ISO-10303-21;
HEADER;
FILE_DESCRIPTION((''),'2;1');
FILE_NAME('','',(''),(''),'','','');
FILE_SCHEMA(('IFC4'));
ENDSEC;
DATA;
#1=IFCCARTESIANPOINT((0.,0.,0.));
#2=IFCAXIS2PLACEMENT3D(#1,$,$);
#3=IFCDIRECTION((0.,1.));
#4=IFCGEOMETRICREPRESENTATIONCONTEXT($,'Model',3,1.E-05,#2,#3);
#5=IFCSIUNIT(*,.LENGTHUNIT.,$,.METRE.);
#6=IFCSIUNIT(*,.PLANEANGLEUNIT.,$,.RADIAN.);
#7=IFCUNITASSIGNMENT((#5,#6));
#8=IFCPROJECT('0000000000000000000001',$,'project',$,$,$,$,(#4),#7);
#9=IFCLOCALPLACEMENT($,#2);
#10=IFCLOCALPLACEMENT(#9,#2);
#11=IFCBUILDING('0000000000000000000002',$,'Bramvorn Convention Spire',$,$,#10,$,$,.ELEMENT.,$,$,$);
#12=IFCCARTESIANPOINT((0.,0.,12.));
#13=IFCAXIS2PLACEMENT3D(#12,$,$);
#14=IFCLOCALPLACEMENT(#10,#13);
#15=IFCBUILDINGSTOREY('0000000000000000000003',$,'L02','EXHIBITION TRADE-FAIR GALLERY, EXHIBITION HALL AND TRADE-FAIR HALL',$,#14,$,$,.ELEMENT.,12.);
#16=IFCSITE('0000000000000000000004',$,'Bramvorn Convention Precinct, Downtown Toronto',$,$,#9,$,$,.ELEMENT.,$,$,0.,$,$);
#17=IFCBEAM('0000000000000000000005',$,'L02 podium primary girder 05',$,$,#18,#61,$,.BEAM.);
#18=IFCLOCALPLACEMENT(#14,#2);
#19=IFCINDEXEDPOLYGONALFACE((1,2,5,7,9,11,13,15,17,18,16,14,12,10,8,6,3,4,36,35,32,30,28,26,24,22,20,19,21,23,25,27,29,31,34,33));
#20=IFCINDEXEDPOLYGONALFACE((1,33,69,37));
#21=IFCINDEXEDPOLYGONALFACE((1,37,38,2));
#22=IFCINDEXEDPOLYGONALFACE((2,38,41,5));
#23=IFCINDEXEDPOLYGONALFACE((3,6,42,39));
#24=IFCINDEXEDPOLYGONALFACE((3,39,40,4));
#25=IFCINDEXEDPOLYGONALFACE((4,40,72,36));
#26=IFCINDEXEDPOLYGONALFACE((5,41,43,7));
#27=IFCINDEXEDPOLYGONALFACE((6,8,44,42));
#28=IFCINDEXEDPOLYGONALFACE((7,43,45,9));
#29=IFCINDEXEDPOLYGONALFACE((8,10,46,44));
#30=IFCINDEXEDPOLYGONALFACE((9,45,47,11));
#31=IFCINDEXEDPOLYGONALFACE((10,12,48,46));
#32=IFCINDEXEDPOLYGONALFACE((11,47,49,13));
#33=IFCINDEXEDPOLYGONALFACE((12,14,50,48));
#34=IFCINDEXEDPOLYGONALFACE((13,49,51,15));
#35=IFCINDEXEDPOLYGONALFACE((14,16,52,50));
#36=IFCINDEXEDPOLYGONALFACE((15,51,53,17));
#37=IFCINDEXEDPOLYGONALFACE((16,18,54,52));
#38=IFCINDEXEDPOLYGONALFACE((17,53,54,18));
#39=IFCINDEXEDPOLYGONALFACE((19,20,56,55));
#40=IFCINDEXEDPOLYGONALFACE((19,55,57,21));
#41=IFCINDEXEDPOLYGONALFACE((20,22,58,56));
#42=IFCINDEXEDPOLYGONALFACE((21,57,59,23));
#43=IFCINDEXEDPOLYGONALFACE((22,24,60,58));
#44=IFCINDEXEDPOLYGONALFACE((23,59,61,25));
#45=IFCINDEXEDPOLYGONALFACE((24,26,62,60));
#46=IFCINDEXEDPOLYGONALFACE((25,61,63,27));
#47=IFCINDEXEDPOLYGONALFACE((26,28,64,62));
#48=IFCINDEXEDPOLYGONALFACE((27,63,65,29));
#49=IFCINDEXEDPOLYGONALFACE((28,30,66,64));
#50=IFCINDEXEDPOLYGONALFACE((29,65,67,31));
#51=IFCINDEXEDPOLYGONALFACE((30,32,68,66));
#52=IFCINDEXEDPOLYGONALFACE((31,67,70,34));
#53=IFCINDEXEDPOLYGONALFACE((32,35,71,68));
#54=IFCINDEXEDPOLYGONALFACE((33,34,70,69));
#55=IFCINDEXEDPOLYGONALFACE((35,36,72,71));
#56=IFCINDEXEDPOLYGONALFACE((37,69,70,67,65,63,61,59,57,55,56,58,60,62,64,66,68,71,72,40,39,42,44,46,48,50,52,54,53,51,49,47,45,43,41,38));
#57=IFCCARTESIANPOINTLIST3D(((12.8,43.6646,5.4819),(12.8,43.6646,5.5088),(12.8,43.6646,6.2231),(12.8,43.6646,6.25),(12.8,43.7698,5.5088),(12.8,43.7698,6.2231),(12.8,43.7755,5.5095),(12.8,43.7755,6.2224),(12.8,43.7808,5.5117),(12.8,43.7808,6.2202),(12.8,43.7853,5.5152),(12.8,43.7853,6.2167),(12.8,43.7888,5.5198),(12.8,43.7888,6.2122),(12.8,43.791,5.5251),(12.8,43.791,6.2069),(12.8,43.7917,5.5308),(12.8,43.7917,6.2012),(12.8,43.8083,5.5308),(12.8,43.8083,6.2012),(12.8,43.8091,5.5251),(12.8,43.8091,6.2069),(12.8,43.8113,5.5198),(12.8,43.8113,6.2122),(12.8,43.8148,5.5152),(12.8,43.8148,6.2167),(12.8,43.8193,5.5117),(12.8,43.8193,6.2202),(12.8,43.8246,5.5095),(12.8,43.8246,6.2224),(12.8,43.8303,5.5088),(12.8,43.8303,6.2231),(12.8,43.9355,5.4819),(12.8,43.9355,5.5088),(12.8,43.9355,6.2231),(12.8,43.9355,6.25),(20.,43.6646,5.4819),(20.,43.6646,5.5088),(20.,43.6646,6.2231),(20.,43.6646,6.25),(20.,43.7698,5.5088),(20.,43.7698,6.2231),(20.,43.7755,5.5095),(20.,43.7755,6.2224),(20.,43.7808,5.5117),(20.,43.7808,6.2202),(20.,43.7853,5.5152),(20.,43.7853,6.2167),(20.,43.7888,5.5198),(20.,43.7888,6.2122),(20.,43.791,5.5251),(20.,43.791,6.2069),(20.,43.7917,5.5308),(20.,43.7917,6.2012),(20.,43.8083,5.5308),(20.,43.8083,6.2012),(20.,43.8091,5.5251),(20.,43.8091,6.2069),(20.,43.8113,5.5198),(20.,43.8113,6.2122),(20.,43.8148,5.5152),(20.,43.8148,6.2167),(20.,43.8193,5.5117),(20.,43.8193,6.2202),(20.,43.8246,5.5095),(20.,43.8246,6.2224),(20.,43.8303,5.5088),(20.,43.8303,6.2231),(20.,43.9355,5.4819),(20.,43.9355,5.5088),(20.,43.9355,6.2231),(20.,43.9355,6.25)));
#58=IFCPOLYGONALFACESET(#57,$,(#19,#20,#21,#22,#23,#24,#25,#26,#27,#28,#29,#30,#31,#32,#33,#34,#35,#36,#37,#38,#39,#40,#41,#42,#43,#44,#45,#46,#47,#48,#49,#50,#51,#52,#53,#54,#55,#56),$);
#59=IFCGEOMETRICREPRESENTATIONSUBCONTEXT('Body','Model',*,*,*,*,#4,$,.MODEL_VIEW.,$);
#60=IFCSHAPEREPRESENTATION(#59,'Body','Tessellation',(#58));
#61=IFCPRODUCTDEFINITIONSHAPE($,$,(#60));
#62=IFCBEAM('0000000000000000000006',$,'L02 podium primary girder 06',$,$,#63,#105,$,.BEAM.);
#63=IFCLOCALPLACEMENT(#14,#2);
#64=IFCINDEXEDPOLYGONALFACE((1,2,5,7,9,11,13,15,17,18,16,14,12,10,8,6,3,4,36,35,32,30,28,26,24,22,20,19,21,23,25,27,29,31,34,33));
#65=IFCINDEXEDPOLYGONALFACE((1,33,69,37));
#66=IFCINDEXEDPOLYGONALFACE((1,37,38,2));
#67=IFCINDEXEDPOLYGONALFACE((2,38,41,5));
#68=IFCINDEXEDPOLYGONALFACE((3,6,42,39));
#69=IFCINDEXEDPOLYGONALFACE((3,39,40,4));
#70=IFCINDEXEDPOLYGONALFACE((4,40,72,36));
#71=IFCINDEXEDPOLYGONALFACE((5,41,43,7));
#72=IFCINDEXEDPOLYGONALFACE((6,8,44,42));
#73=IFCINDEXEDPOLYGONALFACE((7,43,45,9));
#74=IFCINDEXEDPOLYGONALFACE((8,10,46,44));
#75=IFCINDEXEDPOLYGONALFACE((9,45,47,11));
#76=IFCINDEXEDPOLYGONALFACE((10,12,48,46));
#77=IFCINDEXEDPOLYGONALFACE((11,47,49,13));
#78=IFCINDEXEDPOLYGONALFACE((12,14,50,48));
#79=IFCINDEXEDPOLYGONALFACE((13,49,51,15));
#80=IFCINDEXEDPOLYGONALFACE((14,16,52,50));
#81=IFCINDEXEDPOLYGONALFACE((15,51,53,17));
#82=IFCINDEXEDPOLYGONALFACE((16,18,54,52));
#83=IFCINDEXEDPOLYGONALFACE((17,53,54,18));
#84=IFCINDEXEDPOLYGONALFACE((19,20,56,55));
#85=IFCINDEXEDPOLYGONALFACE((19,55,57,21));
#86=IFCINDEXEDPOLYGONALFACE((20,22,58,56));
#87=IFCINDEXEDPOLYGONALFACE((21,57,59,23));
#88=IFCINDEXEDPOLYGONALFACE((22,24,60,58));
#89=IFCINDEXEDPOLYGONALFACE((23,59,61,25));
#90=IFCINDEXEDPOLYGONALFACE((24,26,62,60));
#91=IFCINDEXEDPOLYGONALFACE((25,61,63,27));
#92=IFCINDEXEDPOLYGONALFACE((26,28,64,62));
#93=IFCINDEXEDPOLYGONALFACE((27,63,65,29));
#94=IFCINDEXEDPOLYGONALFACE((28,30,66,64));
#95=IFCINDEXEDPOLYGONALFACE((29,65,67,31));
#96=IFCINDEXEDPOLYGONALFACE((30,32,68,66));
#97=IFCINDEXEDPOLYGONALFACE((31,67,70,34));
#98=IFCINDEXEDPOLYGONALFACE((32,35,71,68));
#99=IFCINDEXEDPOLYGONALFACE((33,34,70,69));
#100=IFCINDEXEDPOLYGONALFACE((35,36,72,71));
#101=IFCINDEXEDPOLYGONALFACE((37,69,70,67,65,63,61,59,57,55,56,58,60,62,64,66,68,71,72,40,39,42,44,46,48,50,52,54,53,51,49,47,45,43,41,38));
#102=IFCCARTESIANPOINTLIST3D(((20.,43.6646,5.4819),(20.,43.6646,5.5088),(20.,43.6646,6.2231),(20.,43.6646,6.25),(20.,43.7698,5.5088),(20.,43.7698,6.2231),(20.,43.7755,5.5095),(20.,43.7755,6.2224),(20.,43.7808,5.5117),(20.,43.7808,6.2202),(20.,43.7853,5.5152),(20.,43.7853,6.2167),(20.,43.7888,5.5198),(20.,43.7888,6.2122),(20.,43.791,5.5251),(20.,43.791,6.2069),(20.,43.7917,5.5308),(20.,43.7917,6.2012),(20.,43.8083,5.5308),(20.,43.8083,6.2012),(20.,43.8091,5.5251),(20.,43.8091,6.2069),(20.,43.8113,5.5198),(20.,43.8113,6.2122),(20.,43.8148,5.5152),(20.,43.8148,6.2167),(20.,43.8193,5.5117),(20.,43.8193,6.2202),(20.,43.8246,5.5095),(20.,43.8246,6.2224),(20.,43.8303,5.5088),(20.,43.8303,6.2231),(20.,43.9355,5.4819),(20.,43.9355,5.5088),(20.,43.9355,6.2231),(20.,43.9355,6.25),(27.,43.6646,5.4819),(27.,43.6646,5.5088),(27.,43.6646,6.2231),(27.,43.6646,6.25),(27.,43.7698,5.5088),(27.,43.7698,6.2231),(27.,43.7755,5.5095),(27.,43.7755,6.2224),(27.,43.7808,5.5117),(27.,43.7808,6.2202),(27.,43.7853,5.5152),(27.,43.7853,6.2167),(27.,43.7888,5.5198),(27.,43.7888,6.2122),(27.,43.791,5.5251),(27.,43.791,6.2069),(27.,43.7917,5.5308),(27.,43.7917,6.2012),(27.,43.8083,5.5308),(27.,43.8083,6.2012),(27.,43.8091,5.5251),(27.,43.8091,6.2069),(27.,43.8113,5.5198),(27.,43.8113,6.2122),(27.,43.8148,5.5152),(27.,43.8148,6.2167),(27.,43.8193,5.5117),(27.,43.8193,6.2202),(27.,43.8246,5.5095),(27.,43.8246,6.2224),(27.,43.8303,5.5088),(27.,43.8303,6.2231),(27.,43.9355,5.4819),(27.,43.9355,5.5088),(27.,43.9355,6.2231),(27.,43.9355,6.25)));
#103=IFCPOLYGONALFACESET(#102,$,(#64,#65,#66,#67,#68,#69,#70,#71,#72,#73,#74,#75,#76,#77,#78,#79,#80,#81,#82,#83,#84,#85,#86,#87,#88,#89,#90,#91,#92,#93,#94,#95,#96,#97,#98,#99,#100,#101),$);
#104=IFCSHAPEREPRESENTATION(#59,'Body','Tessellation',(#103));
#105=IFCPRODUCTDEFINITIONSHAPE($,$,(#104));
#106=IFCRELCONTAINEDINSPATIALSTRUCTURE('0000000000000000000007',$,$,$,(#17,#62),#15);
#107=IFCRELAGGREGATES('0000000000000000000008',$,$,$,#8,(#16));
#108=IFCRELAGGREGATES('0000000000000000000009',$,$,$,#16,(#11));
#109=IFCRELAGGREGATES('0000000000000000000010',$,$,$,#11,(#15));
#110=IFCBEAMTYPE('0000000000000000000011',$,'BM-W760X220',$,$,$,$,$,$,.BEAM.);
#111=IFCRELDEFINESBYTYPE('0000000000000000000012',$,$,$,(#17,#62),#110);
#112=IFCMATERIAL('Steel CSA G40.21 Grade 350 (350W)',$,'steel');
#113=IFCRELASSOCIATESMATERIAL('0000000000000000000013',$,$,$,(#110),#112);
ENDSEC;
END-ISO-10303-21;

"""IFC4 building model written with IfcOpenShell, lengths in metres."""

from ifc_helpers import new_model, si_unit, direction, frame, origin, origin_2d, place, context, subcontext, project, spatial, i_section, extrude, material, material_profile, profile_set, type_object, element, save


model = new_model("IFC4")

# Units and contexts
model_context = context("Model", 3, precision=1e-05, world=origin(), true_north=direction((0.0, 1.0)))
body_context = subcontext(model_context, "Body", "Model", "MODEL_VIEW")
ifc_project = project(units=[si_unit("LENGTHUNIT", "METRE"), si_unit("PLANEANGLEUNIT", "RADIAN")], contexts=[model_context])

# Site, building, storey
site_placement = place(None, origin())
site = spatial("IfcSite", under=ifc_project, at=site_placement, Name="Bramvorn Convention Precinct, Downtown Toronto", CompositionType="ELEMENT", RefElevation=0.0)
building_placement = place(site_placement, origin())
building = spatial("IfcBuilding", under=site, at=building_placement, Name="Bramvorn Convention Spire", CompositionType="ELEMENT")
storey_placement = place(building_placement, frame((0.0, 0.0, 12.0)))
storey = spatial("IfcBuildingStorey", under=building, at=storey_placement, Name="L02", Description="EXHIBITION TRADE-FAIR GALLERY, EXHIBITION HALL AND TRADE-FAIR HALL", CompositionType="ELEMENT", Elevation=12.0)

# Shared definitions
ifc_material_1 = material(Name="Steel CSA G40.21 Grade 350 (350W)", Category="steel")

# Beams
ifc_material_profile_1 = material_profile(ifc_material_1, i_section(OverallWidth=0.271, OverallDepth=0.7681, WebThickness=0.0166, FlangeThickness=0.0269, FilletRadius=0.022, at=origin_2d()))
ifc_profile_set_1 = profile_set([ifc_material_profile_1], Name="Steel CSA G40.21 Grade 350 (350W) - W760X220")
beam_type_1 = type_object("IfcBeamType", Name="BM-W760X220", PredefinedType="BEAM", material=ifc_profile_set_1)
beam_1_placement = place(storey_placement, frame((12.8, 43.8, 5.866), z_axis=(1.0, 0.0, 0.0), x_axis=(0.0, 1.0, 0.0)))
element("IfcBeam", 1, at=beam_1_placement, inside=storey, type_object=beam_type_1, Name="L02 podium primary girder 05", PredefinedType="BEAM", context=body_context, shape_type="SweptSolid", body=[
    extrude(i_section(OverallWidth=0.271, OverallDepth=0.7681, WebThickness=0.0166, FlangeThickness=0.0269, FilletRadius=0.022, at=origin_2d()), origin(), (0.0, 0.0, 1.0), 7.2),
])
beam_2_placement = place(storey_placement, frame((20.0, 43.8, 5.866), z_axis=(1.0, 0.0, 0.0), x_axis=(0.0, 1.0, 0.0)))
element("IfcBeam", 2, at=beam_2_placement, inside=storey, type_object=beam_type_1, Name="L02 podium primary girder 06", PredefinedType="BEAM", context=body_context, shape_type="SweptSolid", body=[
    extrude(i_section(OverallWidth=0.271, OverallDepth=0.7681, WebThickness=0.0166, FlangeThickness=0.0269, FilletRadius=0.022, at=origin_2d()), origin(), (0.0, 0.0, 1.0), 7.0),
])

save(model, "model.ifc")
